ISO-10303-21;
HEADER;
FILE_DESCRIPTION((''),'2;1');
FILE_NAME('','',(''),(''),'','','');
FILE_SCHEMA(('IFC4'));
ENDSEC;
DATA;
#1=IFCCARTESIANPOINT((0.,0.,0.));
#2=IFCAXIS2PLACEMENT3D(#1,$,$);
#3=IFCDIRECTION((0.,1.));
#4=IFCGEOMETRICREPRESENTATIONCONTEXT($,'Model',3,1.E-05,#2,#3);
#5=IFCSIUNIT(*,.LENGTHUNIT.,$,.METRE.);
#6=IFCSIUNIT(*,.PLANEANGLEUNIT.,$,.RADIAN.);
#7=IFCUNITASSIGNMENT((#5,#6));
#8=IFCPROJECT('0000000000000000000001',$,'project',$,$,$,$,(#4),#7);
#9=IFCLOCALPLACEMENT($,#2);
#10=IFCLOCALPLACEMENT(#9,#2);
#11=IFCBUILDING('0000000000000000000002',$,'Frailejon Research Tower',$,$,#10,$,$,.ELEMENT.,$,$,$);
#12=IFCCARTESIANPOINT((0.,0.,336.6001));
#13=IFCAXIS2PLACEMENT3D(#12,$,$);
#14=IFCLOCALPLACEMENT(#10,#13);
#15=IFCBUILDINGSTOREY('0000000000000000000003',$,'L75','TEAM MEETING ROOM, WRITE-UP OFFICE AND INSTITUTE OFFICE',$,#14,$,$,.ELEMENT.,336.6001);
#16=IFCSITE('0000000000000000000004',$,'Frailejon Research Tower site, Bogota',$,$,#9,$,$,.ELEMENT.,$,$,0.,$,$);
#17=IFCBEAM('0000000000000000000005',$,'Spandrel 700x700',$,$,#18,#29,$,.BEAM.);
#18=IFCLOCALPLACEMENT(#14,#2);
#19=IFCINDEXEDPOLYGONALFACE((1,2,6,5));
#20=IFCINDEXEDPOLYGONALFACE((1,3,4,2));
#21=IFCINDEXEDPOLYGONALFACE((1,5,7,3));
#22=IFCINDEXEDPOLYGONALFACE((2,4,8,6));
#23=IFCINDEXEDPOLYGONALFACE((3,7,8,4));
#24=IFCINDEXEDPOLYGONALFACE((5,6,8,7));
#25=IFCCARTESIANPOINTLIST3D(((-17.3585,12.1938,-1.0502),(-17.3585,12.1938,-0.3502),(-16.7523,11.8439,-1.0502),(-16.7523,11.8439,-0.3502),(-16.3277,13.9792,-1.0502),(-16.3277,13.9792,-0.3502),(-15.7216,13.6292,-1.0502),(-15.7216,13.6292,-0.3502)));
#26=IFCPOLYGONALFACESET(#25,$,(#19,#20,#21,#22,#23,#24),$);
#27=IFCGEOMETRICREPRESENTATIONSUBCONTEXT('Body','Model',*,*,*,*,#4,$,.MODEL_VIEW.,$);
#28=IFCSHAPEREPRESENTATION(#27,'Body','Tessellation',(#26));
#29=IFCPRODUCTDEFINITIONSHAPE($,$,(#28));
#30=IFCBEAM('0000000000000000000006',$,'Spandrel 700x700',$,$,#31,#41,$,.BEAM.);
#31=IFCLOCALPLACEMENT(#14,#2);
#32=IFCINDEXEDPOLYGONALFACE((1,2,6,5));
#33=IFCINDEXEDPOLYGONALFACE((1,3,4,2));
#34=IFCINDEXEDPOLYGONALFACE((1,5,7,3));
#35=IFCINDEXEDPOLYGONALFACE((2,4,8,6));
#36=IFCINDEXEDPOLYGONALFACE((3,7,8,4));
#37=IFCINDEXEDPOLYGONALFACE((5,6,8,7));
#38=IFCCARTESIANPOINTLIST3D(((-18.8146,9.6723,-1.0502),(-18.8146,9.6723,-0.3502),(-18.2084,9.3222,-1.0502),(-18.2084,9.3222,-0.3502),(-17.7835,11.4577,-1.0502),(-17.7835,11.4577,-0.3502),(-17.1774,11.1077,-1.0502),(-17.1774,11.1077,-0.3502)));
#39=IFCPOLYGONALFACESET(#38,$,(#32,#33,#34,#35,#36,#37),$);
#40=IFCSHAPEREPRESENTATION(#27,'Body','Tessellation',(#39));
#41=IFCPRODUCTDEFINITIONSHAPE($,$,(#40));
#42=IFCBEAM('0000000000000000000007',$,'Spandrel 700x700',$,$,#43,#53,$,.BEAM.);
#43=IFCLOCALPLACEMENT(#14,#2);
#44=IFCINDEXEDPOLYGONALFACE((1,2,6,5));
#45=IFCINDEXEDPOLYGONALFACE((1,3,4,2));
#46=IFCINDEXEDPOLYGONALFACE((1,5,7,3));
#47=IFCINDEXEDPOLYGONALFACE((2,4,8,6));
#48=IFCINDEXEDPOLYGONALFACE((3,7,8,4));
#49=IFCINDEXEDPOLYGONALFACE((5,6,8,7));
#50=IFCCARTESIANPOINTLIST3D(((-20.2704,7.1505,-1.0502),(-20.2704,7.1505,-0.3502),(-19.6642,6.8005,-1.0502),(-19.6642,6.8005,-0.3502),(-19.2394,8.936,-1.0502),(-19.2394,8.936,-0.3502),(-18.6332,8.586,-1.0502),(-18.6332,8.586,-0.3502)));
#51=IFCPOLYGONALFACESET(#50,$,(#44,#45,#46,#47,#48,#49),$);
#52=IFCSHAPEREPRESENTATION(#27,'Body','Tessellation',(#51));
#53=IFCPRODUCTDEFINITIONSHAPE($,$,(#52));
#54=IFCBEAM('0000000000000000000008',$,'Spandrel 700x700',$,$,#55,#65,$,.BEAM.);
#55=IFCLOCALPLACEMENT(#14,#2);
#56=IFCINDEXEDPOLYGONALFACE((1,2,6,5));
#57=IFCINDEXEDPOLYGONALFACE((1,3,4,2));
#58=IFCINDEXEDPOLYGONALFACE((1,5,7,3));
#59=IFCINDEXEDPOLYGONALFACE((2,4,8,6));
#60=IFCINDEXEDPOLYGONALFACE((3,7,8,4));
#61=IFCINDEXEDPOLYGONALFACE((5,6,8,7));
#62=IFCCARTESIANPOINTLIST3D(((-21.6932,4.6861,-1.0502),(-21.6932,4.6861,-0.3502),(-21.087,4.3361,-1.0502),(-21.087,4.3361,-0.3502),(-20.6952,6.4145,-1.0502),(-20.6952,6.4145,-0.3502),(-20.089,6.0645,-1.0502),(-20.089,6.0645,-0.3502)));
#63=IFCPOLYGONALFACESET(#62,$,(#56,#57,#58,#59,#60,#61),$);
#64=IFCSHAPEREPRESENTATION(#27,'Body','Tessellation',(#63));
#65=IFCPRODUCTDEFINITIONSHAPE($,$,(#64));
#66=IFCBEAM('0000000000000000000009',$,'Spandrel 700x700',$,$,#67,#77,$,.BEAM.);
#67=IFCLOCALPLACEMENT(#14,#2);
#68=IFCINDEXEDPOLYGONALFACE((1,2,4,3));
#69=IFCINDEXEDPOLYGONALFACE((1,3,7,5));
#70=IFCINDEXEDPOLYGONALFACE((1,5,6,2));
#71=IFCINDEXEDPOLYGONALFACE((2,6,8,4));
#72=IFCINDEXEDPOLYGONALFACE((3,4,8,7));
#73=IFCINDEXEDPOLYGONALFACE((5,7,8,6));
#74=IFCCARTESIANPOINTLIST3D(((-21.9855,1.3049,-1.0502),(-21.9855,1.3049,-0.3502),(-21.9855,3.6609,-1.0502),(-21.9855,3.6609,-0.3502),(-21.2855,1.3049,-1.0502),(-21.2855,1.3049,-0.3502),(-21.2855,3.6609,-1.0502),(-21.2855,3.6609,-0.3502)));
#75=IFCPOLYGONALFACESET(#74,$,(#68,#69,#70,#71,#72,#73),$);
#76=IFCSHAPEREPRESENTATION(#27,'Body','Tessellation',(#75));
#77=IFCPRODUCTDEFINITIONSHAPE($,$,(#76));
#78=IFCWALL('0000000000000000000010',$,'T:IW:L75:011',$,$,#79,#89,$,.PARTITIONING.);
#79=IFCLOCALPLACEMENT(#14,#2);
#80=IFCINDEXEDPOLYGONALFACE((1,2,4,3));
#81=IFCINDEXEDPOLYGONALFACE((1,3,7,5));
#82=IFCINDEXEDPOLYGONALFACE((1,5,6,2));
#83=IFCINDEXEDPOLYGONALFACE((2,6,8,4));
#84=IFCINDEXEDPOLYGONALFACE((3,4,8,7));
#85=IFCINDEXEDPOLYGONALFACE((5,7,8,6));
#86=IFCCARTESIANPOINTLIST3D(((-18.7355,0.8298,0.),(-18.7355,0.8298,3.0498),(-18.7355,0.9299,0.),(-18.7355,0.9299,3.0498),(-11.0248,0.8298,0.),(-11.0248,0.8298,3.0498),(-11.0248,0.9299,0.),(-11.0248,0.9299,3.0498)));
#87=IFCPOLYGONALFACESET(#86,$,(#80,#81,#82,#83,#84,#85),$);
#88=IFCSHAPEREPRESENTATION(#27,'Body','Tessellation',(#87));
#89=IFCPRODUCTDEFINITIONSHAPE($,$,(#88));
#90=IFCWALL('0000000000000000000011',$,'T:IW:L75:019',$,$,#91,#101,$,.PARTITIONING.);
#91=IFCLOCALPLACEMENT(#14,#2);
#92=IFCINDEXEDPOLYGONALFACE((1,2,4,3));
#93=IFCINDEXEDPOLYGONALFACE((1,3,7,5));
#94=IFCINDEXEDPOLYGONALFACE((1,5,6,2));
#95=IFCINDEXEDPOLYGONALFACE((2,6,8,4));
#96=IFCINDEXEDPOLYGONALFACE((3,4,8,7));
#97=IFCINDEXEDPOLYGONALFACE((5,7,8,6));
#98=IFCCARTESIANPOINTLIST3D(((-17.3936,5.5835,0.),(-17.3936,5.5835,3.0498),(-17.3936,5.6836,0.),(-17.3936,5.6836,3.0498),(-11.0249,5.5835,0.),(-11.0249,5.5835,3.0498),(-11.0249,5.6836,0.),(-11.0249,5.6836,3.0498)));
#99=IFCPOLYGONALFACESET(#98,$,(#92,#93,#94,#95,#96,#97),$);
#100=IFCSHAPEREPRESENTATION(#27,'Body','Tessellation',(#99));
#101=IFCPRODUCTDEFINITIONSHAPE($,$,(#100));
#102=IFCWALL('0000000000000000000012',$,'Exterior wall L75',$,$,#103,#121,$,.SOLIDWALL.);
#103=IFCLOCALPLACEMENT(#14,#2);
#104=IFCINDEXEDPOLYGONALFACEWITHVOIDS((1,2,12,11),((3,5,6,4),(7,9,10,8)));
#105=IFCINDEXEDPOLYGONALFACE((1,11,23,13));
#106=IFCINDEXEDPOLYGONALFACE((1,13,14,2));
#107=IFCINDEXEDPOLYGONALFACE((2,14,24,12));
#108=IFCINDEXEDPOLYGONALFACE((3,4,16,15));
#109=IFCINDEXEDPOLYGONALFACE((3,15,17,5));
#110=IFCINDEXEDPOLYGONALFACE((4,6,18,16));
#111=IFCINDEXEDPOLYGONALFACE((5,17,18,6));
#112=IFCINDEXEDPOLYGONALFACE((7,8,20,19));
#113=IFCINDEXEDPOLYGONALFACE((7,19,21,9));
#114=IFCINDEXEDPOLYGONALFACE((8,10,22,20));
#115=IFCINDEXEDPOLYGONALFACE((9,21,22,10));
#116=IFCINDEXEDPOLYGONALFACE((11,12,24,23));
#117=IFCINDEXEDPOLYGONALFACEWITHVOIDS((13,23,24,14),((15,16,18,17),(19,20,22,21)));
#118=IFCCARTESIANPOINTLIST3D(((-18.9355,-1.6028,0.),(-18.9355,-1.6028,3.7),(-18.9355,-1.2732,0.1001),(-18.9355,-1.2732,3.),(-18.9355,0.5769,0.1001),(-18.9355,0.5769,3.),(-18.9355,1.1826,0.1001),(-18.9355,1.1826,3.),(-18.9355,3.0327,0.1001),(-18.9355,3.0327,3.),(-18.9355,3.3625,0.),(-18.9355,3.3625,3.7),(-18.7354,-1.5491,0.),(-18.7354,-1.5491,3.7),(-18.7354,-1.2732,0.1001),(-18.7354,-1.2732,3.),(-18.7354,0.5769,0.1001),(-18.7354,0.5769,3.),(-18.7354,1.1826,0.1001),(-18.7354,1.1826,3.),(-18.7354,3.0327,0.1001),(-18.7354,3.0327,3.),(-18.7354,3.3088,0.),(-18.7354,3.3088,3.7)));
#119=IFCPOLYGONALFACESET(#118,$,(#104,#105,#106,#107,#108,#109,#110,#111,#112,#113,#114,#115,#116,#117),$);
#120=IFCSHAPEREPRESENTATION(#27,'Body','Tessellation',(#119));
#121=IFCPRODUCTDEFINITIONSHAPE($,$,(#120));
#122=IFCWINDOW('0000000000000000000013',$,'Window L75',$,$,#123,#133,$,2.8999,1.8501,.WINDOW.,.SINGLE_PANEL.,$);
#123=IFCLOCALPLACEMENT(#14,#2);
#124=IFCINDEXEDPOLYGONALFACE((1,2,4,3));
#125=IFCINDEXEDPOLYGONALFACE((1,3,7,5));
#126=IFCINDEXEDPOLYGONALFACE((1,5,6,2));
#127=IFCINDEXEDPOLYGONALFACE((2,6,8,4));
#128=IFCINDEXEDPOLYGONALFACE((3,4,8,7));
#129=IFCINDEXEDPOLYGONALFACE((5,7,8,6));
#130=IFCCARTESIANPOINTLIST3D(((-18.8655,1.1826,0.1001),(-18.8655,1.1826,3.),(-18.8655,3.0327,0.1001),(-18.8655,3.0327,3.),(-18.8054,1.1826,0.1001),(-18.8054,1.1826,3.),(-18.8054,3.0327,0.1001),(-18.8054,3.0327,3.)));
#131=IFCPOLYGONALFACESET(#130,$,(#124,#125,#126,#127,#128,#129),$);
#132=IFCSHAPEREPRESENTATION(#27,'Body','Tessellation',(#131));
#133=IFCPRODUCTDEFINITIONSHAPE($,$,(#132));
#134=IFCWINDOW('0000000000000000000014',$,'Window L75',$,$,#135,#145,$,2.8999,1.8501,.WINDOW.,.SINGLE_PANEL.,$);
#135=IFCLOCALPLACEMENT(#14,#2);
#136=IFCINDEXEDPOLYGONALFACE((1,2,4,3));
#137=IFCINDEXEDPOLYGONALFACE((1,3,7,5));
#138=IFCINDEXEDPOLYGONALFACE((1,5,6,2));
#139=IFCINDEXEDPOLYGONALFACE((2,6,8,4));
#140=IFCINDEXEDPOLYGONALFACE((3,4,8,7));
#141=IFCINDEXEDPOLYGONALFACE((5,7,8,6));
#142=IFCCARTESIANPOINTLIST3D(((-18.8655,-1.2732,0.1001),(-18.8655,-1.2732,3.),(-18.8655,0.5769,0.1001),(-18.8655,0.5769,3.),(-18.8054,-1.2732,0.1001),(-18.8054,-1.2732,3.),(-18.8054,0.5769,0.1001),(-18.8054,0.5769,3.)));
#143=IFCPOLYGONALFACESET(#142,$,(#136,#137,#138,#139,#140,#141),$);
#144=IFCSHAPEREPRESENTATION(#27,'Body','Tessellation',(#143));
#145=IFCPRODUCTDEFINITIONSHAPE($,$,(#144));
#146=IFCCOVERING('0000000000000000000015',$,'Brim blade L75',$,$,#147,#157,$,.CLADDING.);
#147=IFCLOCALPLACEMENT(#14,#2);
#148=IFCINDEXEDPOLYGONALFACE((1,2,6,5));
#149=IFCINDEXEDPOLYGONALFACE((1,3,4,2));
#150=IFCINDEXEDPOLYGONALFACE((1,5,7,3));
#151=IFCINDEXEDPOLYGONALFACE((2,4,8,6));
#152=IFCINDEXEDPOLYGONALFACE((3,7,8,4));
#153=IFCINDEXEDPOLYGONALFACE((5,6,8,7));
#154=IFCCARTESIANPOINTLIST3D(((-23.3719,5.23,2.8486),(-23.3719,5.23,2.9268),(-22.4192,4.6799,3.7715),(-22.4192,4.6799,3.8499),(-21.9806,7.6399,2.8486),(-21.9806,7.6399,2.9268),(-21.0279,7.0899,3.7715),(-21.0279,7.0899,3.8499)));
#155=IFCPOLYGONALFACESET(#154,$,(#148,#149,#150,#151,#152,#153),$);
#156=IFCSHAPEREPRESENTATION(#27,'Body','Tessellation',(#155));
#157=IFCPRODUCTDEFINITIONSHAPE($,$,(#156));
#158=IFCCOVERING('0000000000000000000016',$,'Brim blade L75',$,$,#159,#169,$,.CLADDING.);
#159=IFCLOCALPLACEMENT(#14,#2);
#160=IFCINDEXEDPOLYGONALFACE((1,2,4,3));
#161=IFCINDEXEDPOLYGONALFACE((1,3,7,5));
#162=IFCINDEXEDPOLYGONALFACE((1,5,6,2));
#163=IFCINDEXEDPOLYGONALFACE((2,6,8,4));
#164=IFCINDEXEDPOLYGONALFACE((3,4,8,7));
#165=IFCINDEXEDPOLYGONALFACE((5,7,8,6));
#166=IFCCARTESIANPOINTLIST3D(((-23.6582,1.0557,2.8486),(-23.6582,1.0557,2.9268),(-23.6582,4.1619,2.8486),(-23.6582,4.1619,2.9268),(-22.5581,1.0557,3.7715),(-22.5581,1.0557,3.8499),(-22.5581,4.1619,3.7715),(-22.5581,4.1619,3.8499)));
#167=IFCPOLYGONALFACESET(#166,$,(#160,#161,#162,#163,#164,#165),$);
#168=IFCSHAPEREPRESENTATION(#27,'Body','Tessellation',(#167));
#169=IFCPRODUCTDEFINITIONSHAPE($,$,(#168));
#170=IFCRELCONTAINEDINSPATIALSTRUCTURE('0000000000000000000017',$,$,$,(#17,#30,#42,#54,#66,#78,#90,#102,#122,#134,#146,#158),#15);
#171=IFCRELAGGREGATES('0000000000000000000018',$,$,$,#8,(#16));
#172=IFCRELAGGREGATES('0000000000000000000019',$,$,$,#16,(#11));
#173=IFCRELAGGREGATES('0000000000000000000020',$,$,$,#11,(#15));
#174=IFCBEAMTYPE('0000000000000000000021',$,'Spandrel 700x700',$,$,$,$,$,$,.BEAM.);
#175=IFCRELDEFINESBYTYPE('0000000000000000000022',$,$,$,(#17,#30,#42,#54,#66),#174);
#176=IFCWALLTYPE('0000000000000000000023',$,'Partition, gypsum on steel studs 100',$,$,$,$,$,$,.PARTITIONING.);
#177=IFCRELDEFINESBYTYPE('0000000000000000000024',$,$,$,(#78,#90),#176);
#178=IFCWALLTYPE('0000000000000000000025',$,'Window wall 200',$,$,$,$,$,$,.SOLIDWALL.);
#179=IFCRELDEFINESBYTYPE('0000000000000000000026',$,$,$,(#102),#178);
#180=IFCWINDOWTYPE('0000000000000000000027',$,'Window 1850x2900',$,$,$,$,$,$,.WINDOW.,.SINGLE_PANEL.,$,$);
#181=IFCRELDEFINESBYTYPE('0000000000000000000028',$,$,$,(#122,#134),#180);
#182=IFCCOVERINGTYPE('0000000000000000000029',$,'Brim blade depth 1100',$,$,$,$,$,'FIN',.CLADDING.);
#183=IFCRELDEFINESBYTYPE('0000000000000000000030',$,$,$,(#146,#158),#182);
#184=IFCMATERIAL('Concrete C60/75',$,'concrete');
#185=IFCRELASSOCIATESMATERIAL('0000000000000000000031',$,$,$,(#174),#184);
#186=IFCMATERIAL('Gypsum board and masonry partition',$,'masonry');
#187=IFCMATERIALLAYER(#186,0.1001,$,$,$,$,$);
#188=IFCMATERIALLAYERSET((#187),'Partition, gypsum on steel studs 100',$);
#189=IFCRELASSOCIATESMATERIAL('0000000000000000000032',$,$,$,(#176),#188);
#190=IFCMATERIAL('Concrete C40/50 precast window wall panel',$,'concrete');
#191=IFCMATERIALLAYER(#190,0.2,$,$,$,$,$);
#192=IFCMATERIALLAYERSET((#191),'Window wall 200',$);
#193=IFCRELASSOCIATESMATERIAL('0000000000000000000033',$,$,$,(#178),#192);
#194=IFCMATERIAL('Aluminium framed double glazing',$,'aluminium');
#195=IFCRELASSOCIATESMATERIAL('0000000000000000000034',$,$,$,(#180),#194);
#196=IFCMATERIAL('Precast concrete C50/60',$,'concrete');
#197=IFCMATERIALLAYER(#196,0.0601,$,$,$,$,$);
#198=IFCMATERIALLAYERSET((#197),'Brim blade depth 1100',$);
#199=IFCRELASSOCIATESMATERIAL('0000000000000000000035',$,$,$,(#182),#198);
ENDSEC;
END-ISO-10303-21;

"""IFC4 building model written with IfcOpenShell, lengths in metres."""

from ifc_helpers import new_model, si_unit, direction, frame, frame_2d, origin, origin_2d, place, context, subcontext, project, spatial, polyline, rectangle, outline, extrude, material, layer, layer_set, material_profile, profile_set, type_object, element, fill, save


model = new_model("IFC4")

# Units and contexts
model_context = context("Model", 3, precision=1e-05, world=origin(), true_north=direction((0.0, 1.0)))
body_context = subcontext(model_context, "Body", "Model", "MODEL_VIEW")
ifc_project = project(units=[si_unit("LENGTHUNIT", "METRE"), si_unit("PLANEANGLEUNIT", "RADIAN")], contexts=[model_context])

# Site, building, storey
site_placement = place(None, origin())
site = spatial("IfcSite", under=ifc_project, at=site_placement, Name="Frailejon Research Tower site, Bogota", CompositionType="ELEMENT", RefElevation=0.0)
building_placement = place(site_placement, origin())
building = spatial("IfcBuilding", under=site, at=building_placement, Name="Frailejon Research Tower", CompositionType="ELEMENT")
storey_placement = place(building_placement, frame((0.0, 0.0, 336.6001)))
storey = spatial("IfcBuildingStorey", under=building, at=storey_placement, Name="L75", Description="TEAM MEETING ROOM, WRITE-UP OFFICE AND INSTITUTE OFFICE", CompositionType="ELEMENT", Elevation=336.6001)

# Beams
ifc_material_1 = material(Name="Concrete C60/75", Category="concrete")
ifc_material_profile_1 = material_profile(ifc_material_1, rectangle(XDim=0.7, YDim=0.7, at=origin_2d()), Name="Spandrel 700x700")
ifc_profile_set_1 = profile_set([ifc_material_profile_1], Name="Concrete C60/75")
beam_type_1 = type_object("IfcBeamType", Name="Spandrel 700x700", PredefinedType="BEAM", material=ifc_profile_set_1)
for number, where, z_axis, x_axis, name in (
    (1, (-16.0247, 13.8042, -0.7002), (-0.499986, -0.866034, 0.0), (0.866034, -0.499986, 0.0), "Spandrel 700x700"),
):
    element("IfcBeam", number, at=place(storey_placement, frame(where, z_axis=z_axis, x_axis=x_axis)), inside=storey, type_object=beam_type_1, Name=name, PredefinedType="BEAM", context=body_context, shape_type="SweptSolid", body=[
        extrude(rectangle(XDim=0.7, YDim=0.7, at=origin_2d()), origin(), (0.0, 0.0, 1.0), 2.0615),
    ])
for number, where, z_axis, x_axis, name in (
    (2, (-17.4805, 11.2827, -0.7002), (-0.500074, -0.865982, 0.0), (0.865982, -0.500074, 0.0), "Spandrel 700x700"),
    (3, (-18.9363, 8.761, -0.7002), (-0.500074, -0.865982, 0.0), (0.865982, -0.500074, 0.0), "Spandrel 700x700"),
):
    element("IfcBeam", number, at=place(storey_placement, frame(where, z_axis=z_axis, x_axis=x_axis)), inside=storey, type_object=beam_type_1, Name=name, PredefinedType="BEAM", context=body_context, shape_type="SweptSolid", body=[
        extrude(rectangle(XDim=0.7, YDim=0.7, at=origin_2d()), origin(), (0.0, 0.0, 1.0), 2.0618),
    ])
beam_1_placement = place(storey_placement, frame((-20.3921, 6.2395, -0.7002), z_axis=(-0.500033, -0.866006, 0.0), x_axis=(0.866006, -0.500033, 0.0)))
element("IfcBeam", 4, at=beam_1_placement, inside=storey, type_object=beam_type_1, Name="Spandrel 700x700", PredefinedType="BEAM", context=body_context, shape_type="SweptSolid", body=[
    extrude(rectangle(XDim=0.7, YDim=0.7, at=origin_2d()), origin(), (0.0, 0.0, 1.0), 1.9958),
])
beam_2_placement = place(storey_placement, frame((-21.6355, 3.6609, -0.7002), z_axis=(0.0, -1.0, 0.0), x_axis=(1.0, 0.0, 0.0)))
element("IfcBeam", 5, at=beam_2_placement, inside=storey, type_object=beam_type_1, Name="Spandrel 700x700", PredefinedType="BEAM", context=body_context, shape_type="SweptSolid", body=[
    extrude(rectangle(XDim=0.7, YDim=0.7, at=origin_2d()), origin(), (0.0, 0.0, 1.0), 2.356),
])

# Walls
ifc_material_2 = material(Name="Gypsum board and masonry partition", Category="masonry")
ifc_layer_1 = layer(ifc_material_2, 0.1001)
ifc_layer_set_1 = layer_set([ifc_layer_1], Name="Partition, gypsum on steel studs 100")
wall_type_1 = type_object("IfcWallType", Name="Partition, gypsum on steel studs 100", PredefinedType="PARTITIONING", material=ifc_layer_set_1)
wall_1_placement = place(storey_placement, frame((-18.7356, 0.8799, 0.0), z_axis=(0.0, 0.0, 1.0), x_axis=(1.0, 0.0, 0.0)))
element("IfcWall", 6, at=wall_1_placement, inside=storey, type_object=wall_type_1, Name="T:IW:L75:011", PredefinedType="PARTITIONING", context=body_context, shape_type="SweptSolid", body=[
    extrude(rectangle(XDim=7.7107, YDim=0.1001, at=frame_2d((3.8555, 0.0))), origin(), (0.0, 0.0, 1.0), 3.0498),
])
wall_2_placement = place(storey_placement, frame((-17.3936, 5.6335, 0.0), z_axis=(0.0, 0.0, 1.0), x_axis=(1.0, 0.0, 0.0)))
element("IfcWall", 7, at=wall_2_placement, inside=storey, type_object=wall_type_1, Name="T:IW:L75:019", PredefinedType="PARTITIONING", context=body_context, shape_type="SweptSolid", body=[
    extrude(rectangle(XDim=6.3687, YDim=0.1001, at=frame_2d((3.1843, 0.0))), origin(), (0.0, 0.0, 1.0), 3.0498),
])

# Wall, openings, windows
ifc_material_3 = material(Name="Concrete C40/50 precast window wall panel", Category="concrete")
ifc_layer_2 = layer(ifc_material_3, 0.2)
ifc_layer_set_2 = layer_set([ifc_layer_2], Name="Window wall 200")
wall_type_2 = type_object("IfcWallType", Name="Window wall 200", PredefinedType="SOLIDWALL", material=ifc_layer_set_2)
wall_3_placement = place(storey_placement, frame((-18.8354, 3.3357, 0.0), z_axis=(0.0, 0.0, 1.0), x_axis=(0.0, -1.0, 0.0)))
wall_3 = element("IfcWall", 8, at=wall_3_placement, inside=storey, type_object=wall_type_2, Name="Exterior wall L75", PredefinedType="SOLIDWALL", context=body_context, shape_type="SweptSolid", body=[
    extrude(outline(polyline([(-0.0269, -0.1001), (1.2144, -0.1001), (2.4558, -0.1001), (3.6973, -0.1001), (4.9385, -0.1001), (4.8848, 0.1001), (3.6704, 0.1001), (2.4558, 0.1001), (1.2412, 0.1001), (0.0269, 0.1001), (-0.0269, -0.1001)])), origin(), (0.0, 0.0, 1.0), 3.7),
])
opening_1_placement = place(wall_3_placement, frame((0.303, 0.0, 0.1001)))
opening_1 = element("IfcOpeningElement", 9, at=opening_1_placement, cuts=wall_3, PredefinedType="OPENING", context=body_context, shape_type="SweptSolid", body=[
    extrude(rectangle(XDim=1.8501, YDim=2.8999, at=frame_2d((0.925, 1.45))), frame((0.0, 0.1099, 0.0), z_axis=(0.0, -1.0, 0.0), x_axis=(1.0, 0.0, 0.0)), (0.0, 0.0, 1.0), 0.22),
])
opening_2_placement = place(wall_3_placement, frame((2.7588, 0.0, 0.1001)))
opening_2 = element("IfcOpeningElement", 10, at=opening_2_placement, cuts=wall_3, PredefinedType="OPENING", context=body_context, shape_type="SweptSolid", body=[
    extrude(rectangle(XDim=1.8501, YDim=2.8999, at=frame_2d((0.925, 1.45))), frame((0.0, 0.1099, 0.0), z_axis=(0.0, -1.0, 0.0), x_axis=(1.0, 0.0, 0.0)), (0.0, 0.0, 1.0), 0.22),
])
ifc_material_4 = material(Name="Aluminium framed double glazing", Category="aluminium")
window_type = type_object("IfcWindowType", Name="Window 1850x2900", PartitioningType="SINGLE_PANEL", PredefinedType="WINDOW", material=ifc_material_4)
window_1_placement = place(opening_1_placement, origin())
window_1 = element("IfcWindow", 11, at=window_1_placement, inside=storey, type_object=window_type, Name="Window L75", OverallHeight=2.8999, OverallWidth=1.8501, PartitioningType="SINGLE_PANEL", PredefinedType="WINDOW", context=body_context, shape_type="SweptSolid", body=[
    extrude(rectangle(XDim=1.8501, YDim=2.8999, at=frame_2d((0.925, 1.45))), frame((0.0, 0.03, 0.0), z_axis=(0.0, -1.0, 0.0), x_axis=(1.0, 0.0, 0.0)), (0.0, 0.0, 1.0), 0.0601),
])
fill(opening_1, window_1)
window_2_placement = place(opening_2_placement, origin())
window_2 = element("IfcWindow", 12, at=window_2_placement, inside=storey, type_object=window_type, Name="Window L75", OverallHeight=2.8999, OverallWidth=1.8501, PartitioningType="SINGLE_PANEL", PredefinedType="WINDOW", context=body_context, shape_type="SweptSolid", body=[
    extrude(rectangle(XDim=1.8501, YDim=2.8999, at=frame_2d((0.925, 1.45))), frame((0.0, 0.03, 0.0), z_axis=(0.0, -1.0, 0.0), x_axis=(1.0, 0.0, 0.0)), (0.0, 0.0, 1.0), 0.0601),
])
fill(opening_2, window_2)

# Coverings
ifc_material_5 = material(Name="Precast concrete C50/60", Category="concrete")
ifc_layer_3 = layer(ifc_material_5, 0.0601)
ifc_layer_set_3 = layer_set([ifc_layer_3], Name="Brim blade depth 1100")
covering_type_1 = type_object("IfcCoveringType", Name="Brim blade depth 1100", ElementType="FIN", PredefinedType="CLADDING", material=ifc_layer_set_3)
covering_1_placement = place(storey_placement, frame((-22.4192, 4.6799, 3.8499), z_axis=(0.499986, 0.866034, 0.0), x_axis=(-0.866034, 0.499986, 0.0)))
element("IfcCovering", 13, at=covering_1_placement, inside=storey, type_object=covering_type_1, Name="Brim blade L75", PredefinedType="CLADDING", context=body_context, shape_type="SweptSolid", body=[
    extrude(outline(polyline([(0.0, -0.0784), (1.1001, -1.0012), (1.1001, -0.9231), (0.0, 0.0), (0.0, -0.0784)])), origin(), (0.0, 0.0, 1.0), 2.7827),
])
covering_2_placement = place(storey_placement, frame((-22.5581, 1.0557, 3.8499), z_axis=(0.0, 1.0, 0.0), x_axis=(-1.0, 0.0, 0.0)))
element("IfcCovering", 14, at=covering_2_placement, inside=storey, type_object=covering_type_1, Name="Brim blade L75", PredefinedType="CLADDING", context=body_context, shape_type="SweptSolid", body=[
    extrude(outline(polyline([(0.0, -0.0784), (1.1001, -1.0012), (1.1001, -0.9231), (0.0, 0.0), (0.0, -0.0784)])), origin(), (0.0, 0.0, 1.0), 3.1062),
])

save(model, "model.ifc")
